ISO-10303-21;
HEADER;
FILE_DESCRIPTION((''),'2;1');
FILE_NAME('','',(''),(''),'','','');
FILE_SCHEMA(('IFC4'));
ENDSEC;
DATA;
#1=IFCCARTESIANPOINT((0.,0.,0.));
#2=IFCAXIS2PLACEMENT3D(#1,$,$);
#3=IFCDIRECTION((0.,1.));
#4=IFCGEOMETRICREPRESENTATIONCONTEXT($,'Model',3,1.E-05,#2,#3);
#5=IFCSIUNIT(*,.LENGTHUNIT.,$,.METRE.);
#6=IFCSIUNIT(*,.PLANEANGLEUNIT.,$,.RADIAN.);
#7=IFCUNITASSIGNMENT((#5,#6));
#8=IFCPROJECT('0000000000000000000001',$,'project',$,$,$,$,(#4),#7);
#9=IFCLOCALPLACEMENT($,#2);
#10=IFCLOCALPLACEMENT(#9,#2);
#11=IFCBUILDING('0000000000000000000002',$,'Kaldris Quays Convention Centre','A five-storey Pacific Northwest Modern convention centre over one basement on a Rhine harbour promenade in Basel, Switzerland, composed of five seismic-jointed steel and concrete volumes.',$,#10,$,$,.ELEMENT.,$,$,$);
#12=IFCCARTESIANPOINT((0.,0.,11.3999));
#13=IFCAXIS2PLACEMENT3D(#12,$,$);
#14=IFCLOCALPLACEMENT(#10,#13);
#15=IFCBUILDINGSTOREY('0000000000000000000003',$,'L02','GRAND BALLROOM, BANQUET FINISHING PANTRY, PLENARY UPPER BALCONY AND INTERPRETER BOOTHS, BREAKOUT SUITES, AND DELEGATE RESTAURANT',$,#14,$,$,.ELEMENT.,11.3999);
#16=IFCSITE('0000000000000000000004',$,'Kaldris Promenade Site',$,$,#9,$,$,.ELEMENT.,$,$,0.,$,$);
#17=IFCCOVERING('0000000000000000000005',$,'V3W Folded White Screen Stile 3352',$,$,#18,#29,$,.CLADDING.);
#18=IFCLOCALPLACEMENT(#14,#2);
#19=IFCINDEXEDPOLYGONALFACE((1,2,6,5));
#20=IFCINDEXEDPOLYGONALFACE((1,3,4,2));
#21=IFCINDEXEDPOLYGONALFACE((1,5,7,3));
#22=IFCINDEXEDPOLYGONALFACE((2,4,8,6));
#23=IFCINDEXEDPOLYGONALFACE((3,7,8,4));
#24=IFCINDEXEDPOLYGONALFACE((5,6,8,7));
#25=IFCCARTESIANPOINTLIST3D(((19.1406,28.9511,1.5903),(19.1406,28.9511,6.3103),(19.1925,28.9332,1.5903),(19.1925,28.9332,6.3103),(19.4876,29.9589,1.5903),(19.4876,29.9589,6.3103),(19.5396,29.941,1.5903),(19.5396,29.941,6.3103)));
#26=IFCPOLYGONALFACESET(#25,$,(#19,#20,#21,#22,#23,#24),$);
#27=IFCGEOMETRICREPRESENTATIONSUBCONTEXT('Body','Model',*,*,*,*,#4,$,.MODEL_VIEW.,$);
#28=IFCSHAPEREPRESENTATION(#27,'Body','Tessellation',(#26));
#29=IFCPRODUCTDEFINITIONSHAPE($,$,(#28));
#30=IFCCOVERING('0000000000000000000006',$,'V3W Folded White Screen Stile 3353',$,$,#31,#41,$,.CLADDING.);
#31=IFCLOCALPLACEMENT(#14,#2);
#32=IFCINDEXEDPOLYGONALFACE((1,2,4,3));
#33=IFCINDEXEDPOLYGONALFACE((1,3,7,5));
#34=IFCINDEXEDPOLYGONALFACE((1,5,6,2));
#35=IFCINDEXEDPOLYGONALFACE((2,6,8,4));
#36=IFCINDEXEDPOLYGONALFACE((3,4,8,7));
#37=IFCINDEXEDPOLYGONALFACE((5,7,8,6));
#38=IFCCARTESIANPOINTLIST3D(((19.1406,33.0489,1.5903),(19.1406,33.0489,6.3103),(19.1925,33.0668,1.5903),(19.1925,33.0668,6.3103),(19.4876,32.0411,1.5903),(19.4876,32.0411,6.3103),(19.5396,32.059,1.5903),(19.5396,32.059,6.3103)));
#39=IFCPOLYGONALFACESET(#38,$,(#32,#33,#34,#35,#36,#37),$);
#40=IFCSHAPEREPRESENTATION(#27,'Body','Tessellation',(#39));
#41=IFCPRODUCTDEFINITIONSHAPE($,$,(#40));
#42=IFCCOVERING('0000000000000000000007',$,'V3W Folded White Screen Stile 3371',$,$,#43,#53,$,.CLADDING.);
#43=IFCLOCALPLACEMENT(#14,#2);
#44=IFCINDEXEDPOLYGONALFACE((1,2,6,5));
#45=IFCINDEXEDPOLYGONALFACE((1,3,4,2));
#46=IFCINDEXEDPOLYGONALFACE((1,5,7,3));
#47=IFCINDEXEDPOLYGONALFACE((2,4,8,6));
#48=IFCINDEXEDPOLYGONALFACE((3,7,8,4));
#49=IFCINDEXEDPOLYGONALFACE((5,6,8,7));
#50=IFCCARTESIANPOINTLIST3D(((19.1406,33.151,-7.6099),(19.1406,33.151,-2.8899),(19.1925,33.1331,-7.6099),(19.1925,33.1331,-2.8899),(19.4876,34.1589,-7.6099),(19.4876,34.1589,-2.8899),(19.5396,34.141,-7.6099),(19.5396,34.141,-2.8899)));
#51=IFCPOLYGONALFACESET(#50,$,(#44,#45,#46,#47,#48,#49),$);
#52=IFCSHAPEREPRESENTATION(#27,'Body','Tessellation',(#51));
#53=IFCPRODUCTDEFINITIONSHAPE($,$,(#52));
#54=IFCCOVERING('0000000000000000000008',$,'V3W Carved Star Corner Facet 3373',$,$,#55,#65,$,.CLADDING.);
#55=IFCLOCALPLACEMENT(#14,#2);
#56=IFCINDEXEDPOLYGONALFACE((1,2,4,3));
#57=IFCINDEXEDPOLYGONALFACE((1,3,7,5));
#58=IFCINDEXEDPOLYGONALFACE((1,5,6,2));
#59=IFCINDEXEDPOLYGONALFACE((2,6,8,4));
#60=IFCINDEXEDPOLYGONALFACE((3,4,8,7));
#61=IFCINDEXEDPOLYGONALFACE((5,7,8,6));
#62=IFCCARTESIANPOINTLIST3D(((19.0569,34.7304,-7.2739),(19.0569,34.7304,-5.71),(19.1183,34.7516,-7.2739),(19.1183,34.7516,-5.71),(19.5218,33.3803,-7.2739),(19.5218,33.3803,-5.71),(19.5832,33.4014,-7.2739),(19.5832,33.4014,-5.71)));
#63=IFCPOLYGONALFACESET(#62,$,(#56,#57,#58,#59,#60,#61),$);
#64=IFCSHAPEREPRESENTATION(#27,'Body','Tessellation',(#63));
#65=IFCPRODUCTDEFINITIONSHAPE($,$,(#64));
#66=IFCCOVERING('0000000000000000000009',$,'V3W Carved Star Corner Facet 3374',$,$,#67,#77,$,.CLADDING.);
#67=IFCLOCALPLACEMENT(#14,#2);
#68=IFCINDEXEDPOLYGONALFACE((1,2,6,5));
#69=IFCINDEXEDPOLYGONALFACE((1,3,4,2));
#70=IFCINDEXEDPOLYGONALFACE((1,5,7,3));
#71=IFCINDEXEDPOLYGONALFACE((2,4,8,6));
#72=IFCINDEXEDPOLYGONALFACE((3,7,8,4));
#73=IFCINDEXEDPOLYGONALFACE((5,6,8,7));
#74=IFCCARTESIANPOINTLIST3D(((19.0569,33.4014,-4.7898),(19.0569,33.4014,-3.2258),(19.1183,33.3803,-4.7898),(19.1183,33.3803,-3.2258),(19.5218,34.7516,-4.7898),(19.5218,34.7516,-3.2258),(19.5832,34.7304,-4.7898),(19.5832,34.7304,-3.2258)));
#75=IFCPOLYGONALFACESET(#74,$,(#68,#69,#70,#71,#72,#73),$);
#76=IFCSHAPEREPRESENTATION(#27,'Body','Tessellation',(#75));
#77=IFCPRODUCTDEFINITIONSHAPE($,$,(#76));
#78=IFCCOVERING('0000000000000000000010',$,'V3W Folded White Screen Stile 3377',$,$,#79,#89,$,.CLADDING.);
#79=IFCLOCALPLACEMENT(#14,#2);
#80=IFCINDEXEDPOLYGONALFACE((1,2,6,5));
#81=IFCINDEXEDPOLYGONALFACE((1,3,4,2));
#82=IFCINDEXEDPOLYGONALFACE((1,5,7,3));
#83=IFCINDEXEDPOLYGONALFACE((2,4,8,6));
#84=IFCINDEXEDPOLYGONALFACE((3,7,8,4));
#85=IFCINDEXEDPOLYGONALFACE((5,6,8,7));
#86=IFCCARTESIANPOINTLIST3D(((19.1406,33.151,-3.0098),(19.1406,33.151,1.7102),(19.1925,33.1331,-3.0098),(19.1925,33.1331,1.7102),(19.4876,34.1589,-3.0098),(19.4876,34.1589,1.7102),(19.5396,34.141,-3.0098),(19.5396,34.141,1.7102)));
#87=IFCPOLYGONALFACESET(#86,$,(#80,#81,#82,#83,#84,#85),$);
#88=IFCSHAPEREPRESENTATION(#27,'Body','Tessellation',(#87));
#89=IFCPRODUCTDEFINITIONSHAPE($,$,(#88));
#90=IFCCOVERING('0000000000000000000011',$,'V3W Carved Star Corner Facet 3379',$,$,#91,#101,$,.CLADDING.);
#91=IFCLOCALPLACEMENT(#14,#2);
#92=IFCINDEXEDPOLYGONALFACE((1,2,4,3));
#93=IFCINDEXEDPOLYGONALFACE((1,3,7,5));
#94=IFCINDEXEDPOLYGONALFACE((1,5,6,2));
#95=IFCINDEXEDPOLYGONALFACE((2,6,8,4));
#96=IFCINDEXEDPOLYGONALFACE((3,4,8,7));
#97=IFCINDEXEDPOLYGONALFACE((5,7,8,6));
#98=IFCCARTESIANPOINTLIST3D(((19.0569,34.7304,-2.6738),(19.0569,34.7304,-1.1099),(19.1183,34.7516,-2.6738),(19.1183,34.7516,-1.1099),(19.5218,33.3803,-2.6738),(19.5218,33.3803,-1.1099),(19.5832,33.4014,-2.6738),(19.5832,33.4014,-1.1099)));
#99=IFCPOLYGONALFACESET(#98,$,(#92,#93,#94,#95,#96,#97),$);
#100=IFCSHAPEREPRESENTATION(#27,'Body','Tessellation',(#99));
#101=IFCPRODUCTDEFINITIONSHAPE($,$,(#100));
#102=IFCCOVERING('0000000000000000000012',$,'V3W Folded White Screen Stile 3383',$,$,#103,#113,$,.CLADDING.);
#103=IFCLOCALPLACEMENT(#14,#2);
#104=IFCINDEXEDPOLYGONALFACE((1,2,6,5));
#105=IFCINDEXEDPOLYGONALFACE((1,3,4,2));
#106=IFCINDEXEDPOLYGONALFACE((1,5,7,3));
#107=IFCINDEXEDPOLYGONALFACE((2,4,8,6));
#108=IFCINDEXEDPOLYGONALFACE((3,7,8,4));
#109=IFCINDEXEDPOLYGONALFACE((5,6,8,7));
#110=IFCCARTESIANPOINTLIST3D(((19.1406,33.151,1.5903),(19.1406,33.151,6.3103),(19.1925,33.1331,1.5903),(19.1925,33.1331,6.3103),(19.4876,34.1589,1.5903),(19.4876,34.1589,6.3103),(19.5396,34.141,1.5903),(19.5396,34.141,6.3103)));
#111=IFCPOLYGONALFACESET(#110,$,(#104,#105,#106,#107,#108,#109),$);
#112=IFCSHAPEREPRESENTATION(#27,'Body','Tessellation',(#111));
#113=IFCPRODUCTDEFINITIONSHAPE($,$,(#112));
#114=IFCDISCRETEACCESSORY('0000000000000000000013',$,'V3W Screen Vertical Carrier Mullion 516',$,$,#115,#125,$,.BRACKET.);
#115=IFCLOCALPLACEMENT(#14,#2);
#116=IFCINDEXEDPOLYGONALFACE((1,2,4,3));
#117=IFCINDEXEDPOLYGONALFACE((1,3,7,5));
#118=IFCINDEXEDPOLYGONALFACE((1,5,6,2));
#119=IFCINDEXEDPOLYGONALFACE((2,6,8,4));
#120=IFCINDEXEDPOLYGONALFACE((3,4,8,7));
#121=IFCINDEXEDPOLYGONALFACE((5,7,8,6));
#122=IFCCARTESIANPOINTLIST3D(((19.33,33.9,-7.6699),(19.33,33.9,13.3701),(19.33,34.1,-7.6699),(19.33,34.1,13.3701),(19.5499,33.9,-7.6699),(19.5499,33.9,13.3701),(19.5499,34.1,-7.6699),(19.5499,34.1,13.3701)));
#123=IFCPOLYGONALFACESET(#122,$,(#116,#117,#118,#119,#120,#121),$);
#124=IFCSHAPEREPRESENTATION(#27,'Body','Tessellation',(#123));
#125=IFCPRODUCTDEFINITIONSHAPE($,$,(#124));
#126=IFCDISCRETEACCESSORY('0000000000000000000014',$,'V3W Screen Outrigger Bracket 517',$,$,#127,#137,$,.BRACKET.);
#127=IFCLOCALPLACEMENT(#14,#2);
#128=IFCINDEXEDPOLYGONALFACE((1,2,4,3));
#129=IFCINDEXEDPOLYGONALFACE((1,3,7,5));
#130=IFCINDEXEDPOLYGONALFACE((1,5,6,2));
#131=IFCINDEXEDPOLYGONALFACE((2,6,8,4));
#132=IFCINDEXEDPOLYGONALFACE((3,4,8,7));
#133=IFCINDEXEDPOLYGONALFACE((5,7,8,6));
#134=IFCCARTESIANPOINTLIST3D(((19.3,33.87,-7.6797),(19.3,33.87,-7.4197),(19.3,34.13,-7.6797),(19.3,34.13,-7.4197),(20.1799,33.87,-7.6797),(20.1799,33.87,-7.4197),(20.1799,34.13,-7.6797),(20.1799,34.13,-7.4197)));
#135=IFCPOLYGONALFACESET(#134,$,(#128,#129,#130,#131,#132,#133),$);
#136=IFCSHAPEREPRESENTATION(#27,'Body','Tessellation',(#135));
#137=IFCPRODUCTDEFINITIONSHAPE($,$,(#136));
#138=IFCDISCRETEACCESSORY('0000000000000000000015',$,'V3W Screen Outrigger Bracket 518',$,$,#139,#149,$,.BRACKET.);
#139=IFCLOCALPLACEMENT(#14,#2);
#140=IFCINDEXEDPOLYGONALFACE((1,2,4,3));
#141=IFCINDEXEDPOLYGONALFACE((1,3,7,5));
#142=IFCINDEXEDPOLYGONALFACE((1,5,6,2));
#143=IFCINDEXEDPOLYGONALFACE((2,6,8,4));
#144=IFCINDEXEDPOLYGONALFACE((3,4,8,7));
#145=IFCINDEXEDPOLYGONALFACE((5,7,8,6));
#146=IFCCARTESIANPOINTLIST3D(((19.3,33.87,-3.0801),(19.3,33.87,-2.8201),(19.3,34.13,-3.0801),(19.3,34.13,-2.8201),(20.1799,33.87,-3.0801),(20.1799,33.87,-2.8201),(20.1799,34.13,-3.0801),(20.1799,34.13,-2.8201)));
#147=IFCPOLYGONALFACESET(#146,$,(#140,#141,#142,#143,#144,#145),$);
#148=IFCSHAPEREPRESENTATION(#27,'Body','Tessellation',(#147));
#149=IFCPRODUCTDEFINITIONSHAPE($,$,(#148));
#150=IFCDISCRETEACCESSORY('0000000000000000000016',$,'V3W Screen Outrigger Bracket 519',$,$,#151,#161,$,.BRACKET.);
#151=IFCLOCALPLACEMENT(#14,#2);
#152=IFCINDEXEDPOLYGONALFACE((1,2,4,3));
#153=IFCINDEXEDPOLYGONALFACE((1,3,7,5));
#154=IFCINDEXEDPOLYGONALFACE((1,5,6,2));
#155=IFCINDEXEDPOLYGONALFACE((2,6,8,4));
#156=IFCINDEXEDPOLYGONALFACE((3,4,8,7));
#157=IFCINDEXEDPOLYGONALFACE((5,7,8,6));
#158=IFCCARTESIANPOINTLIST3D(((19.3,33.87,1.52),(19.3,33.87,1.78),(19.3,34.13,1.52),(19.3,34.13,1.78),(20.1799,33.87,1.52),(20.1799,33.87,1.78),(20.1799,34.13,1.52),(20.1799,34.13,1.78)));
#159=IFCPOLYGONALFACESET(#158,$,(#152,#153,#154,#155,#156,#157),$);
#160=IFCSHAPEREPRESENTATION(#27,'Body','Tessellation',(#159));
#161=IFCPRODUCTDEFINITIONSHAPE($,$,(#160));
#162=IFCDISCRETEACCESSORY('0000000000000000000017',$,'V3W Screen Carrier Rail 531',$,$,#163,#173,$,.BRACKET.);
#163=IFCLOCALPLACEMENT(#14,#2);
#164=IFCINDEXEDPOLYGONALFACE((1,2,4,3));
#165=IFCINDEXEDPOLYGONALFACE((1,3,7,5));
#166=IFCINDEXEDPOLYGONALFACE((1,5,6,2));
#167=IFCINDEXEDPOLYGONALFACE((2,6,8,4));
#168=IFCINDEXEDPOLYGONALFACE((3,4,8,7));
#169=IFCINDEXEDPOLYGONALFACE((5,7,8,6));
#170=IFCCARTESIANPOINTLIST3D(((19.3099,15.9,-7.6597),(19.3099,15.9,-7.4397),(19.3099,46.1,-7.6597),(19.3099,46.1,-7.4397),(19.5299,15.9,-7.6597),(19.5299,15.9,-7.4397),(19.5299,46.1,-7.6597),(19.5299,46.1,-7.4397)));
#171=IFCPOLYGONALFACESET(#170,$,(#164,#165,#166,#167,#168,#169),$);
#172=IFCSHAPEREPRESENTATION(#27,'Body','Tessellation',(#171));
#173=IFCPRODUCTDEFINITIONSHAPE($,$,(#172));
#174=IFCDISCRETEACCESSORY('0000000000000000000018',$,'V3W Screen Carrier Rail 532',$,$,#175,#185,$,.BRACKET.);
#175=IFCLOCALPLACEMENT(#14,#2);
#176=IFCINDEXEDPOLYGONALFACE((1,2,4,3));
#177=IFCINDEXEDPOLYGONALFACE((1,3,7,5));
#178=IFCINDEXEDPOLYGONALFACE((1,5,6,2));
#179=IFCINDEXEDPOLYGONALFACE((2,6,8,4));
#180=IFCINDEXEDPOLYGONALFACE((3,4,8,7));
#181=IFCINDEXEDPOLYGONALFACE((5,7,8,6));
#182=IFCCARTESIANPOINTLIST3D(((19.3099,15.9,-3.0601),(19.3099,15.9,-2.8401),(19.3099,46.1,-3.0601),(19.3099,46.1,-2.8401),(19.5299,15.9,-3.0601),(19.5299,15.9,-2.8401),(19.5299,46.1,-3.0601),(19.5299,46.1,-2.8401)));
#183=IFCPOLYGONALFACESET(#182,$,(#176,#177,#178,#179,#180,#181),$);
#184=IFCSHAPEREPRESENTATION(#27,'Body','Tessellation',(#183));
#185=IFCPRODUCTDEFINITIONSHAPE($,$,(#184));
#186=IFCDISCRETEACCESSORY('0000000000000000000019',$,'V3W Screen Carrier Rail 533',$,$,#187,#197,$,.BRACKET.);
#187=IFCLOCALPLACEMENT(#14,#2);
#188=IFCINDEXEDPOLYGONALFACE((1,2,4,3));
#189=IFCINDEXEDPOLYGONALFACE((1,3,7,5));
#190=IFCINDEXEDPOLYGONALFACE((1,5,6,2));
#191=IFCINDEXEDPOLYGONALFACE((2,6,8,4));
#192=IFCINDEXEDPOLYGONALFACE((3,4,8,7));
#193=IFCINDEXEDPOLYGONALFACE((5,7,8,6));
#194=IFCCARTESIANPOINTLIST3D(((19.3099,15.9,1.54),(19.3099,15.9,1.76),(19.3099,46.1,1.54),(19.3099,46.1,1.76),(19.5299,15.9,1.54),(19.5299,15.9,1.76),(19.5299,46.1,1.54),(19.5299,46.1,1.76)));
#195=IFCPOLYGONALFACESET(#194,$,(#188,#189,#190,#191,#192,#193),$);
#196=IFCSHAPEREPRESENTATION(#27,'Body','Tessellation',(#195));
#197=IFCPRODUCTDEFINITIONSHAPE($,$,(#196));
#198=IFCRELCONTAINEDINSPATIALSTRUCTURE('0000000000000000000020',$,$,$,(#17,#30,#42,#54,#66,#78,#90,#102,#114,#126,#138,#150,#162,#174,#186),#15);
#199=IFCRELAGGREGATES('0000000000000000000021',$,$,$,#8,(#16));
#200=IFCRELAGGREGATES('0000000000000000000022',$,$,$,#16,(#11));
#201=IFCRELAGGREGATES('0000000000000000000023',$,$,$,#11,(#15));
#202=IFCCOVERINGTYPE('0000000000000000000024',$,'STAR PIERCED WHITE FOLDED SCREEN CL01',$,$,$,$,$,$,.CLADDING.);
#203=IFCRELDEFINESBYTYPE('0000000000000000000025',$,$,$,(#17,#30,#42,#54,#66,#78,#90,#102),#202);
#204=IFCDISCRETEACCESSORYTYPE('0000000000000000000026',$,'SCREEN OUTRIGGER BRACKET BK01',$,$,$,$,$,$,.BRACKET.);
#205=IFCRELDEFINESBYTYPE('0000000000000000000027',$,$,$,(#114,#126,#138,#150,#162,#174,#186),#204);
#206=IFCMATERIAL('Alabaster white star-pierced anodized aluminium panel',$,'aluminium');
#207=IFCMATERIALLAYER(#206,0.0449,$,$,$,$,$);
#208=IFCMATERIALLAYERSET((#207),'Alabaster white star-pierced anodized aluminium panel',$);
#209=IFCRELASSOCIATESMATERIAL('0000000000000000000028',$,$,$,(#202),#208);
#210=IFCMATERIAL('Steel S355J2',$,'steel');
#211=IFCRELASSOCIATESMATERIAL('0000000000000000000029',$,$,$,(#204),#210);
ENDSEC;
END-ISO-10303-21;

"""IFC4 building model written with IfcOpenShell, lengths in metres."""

from ifc_helpers import new_model, si_unit, direction, frame, origin, origin_2d, place, context, subcontext, project, spatial, rectangle, extrude, material, layer, layer_set, type_object, element, save


model = new_model("IFC4")

# Units and contexts
model_context = context("Model", 3, precision=1e-05, world=origin(), true_north=direction((0.0, 1.0)))
body_context = subcontext(model_context, "Body", "Model", "MODEL_VIEW")
ifc_project = project(units=[si_unit("LENGTHUNIT", "METRE"), si_unit("PLANEANGLEUNIT", "RADIAN")], contexts=[model_context])

# Site, building, storey
site_placement = place(None, origin())
site = spatial("IfcSite", under=ifc_project, at=site_placement, Name="Kaldris Promenade Site", CompositionType="ELEMENT", RefElevation=0.0)
building_placement = place(site_placement, origin())
building = spatial("IfcBuilding", under=site, at=building_placement, Name="Kaldris Quays Convention Centre", Description="A five-storey Pacific Northwest Modern convention centre over one basement on a Rhine harbour promenade in Basel, Switzerland, composed of five seismic-jointed steel and concrete volumes.", CompositionType="ELEMENT")
storey_placement = place(building_placement, frame((0.0, 0.0, 11.3999)))
storey = spatial("IfcBuildingStorey", under=building, at=storey_placement, Name="L02", Description="GRAND BALLROOM, BANQUET FINISHING PANTRY, PLENARY UPPER BALCONY AND INTERPRETER BOOTHS, BREAKOUT SUITES, AND DELEGATE RESTAURANT", CompositionType="ELEMENT", Elevation=11.3999)

# Coverings
ifc_material_1 = material(Name="Alabaster white star-pierced anodized aluminium panel", Category="aluminium")
ifc_layer = layer(ifc_material_1, 0.0449)
ifc_layer_set = layer_set([ifc_layer], Name="Alabaster white star-pierced anodized aluminium panel")
covering_type = type_object("IfcCoveringType", Name="STAR PIERCED WHITE FOLDED SCREEN CL01", PredefinedType="CLADDING", material=ifc_layer_set)
for number, where, z_axis, x_axis, name in (
    (1, (19.3401, 29.446, 1.5903), (0.0, 0.0, 1.0), (0.325568, 0.945519, 0.0), "V3W Folded White Screen Stile 3352"),
    (2, (19.3401, 32.554, 1.5903), (0.0, 0.0, 1.0), (-0.325568, 0.945519, 0.0), "V3W Folded White Screen Stile 3353"),
    (3, (19.3401, 33.646, -7.6099), (0.0, 0.0, 1.0), (0.325568, 0.945519, 0.0), "V3W Folded White Screen Stile 3371"),
):
    element("IfcCovering", number, at=place(storey_placement, frame(where, z_axis=z_axis, x_axis=x_axis)), inside=storey, type_object=covering_type, Name=name, PredefinedType="CLADDING", context=body_context, shape_type="SweptSolid", body=[
        extrude(rectangle(XDim=1.0659, YDim=0.0549, at=origin_2d()), origin(), (0.0, 0.0, 1.0), 4.72),
    ])
for number, where, z_axis, x_axis, name in (
    (4, (19.3201, 34.0659, -7.2739), (0.0, 0.0, 1.0), (-0.325568, 0.945519, 0.0), "V3W Carved Star Corner Facet 3373"),
    (5, (19.3201, 34.0659, -4.7898), (0.0, 0.0, 1.0), (0.325568, 0.945519, 0.0), "V3W Carved Star Corner Facet 3374"),
):
    element("IfcCovering", number, at=place(storey_placement, frame(where, z_axis=z_axis, x_axis=x_axis)), inside=storey, type_object=covering_type, Name=name, PredefinedType="CLADDING", context=body_context, shape_type="SweptSolid", body=[
        extrude(rectangle(XDim=1.428, YDim=0.0649, at=origin_2d()), origin(), (0.0, 0.0, 1.0), 1.564),
    ])
covering_1_placement = place(storey_placement, frame((19.3401, 33.646, -3.0098), z_axis=(0.0, 0.0, 1.0), x_axis=(0.325568, 0.945519, 0.0)))
element("IfcCovering", 6, at=covering_1_placement, inside=storey, type_object=covering_type, Name="V3W Folded White Screen Stile 3377", PredefinedType="CLADDING", context=body_context, shape_type="SweptSolid", body=[
    extrude(rectangle(XDim=1.0659, YDim=0.0549, at=origin_2d()), origin(), (0.0, 0.0, 1.0), 4.72),
])
covering_2_placement = place(storey_placement, frame((19.3201, 34.0659, -2.6738), z_axis=(0.0, 0.0, 1.0), x_axis=(-0.325568, 0.945519, 0.0)))
element("IfcCovering", 7, at=covering_2_placement, inside=storey, type_object=covering_type, Name="V3W Carved Star Corner Facet 3379", PredefinedType="CLADDING", context=body_context, shape_type="SweptSolid", body=[
    extrude(rectangle(XDim=1.428, YDim=0.0649, at=origin_2d()), origin(), (0.0, 0.0, 1.0), 1.564),
])
covering_3_placement = place(storey_placement, frame((19.3401, 33.646, 1.5903), z_axis=(0.0, 0.0, 1.0), x_axis=(0.325568, 0.945519, 0.0)))
element("IfcCovering", 8, at=covering_3_placement, inside=storey, type_object=covering_type, Name="V3W Folded White Screen Stile 3383", PredefinedType="CLADDING", context=body_context, shape_type="SweptSolid", body=[
    extrude(rectangle(XDim=1.0659, YDim=0.0549, at=origin_2d()), origin(), (0.0, 0.0, 1.0), 4.72),
])

# Discrete accessories
ifc_material_2 = material(Name="Steel S355J2", Category="steel")
discrete_accessory_type = type_object("IfcDiscreteAccessoryType", Name="SCREEN OUTRIGGER BRACKET BK01", PredefinedType="BRACKET", material=ifc_material_2)
discrete_accessory_placement = place(storey_placement, frame((19.4399, 34.0, -7.6699), z_axis=(0.0, 0.0, 1.0), x_axis=(0.0, 1.0, 0.0)))
element("IfcDiscreteAccessory", 9, at=discrete_accessory_placement, inside=storey, type_object=discrete_accessory_type, Name="V3W Screen Vertical Carrier Mullion 516", PredefinedType="BRACKET", context=body_context, shape_type="SweptSolid", body=[
    extrude(rectangle(XDim=0.2, YDim=0.22, at=origin_2d()), origin(), (0.0, 0.0, 1.0), 21.04),
])
for number, where, z_axis, x_axis, name in (
    (10, (19.74, 34.0, -7.6797), (0.0, 0.0, 1.0), (0.0, 1.0, 0.0), "V3W Screen Outrigger Bracket 517"),
    (11, (19.74, 34.0, -3.0801), (0.0, 0.0, 1.0), (0.0, 1.0, 0.0), "V3W Screen Outrigger Bracket 518"),
    (12, (19.74, 34.0, 1.52), (0.0, 0.0, 1.0), (0.0, 1.0, 0.0), "V3W Screen Outrigger Bracket 519"),
):
    element("IfcDiscreteAccessory", number, at=place(storey_placement, frame(where, z_axis=z_axis, x_axis=x_axis)), inside=storey, type_object=discrete_accessory_type, Name=name, PredefinedType="BRACKET", context=body_context, shape_type="SweptSolid", body=[
        extrude(rectangle(XDim=0.26, YDim=0.8799, at=origin_2d()), origin(), (0.0, 0.0, 1.0), 0.26),
    ])
for number, where, z_axis, x_axis, name in (
    (13, (19.4199, 31.0, -7.6597), (0.0, 0.0, 1.0), (0.0, 1.0, 0.0), "V3W Screen Carrier Rail 531"),
    (14, (19.4199, 31.0, -3.0601), (0.0, 0.0, 1.0), (0.0, 1.0, 0.0), "V3W Screen Carrier Rail 532"),
    (15, (19.4199, 31.0, 1.54), (0.0, 0.0, 1.0), (0.0, 1.0, 0.0), "V3W Screen Carrier Rail 533"),
):
    element("IfcDiscreteAccessory", number, at=place(storey_placement, frame(where, z_axis=z_axis, x_axis=x_axis)), inside=storey, type_object=discrete_accessory_type, Name=name, PredefinedType="BRACKET", context=body_context, shape_type="SweptSolid", body=[
        extrude(rectangle(XDim=30.2, YDim=0.22, at=origin_2d()), origin(), (0.0, 0.0, 1.0), 0.22),
    ])

save(model, "model.ifc")
